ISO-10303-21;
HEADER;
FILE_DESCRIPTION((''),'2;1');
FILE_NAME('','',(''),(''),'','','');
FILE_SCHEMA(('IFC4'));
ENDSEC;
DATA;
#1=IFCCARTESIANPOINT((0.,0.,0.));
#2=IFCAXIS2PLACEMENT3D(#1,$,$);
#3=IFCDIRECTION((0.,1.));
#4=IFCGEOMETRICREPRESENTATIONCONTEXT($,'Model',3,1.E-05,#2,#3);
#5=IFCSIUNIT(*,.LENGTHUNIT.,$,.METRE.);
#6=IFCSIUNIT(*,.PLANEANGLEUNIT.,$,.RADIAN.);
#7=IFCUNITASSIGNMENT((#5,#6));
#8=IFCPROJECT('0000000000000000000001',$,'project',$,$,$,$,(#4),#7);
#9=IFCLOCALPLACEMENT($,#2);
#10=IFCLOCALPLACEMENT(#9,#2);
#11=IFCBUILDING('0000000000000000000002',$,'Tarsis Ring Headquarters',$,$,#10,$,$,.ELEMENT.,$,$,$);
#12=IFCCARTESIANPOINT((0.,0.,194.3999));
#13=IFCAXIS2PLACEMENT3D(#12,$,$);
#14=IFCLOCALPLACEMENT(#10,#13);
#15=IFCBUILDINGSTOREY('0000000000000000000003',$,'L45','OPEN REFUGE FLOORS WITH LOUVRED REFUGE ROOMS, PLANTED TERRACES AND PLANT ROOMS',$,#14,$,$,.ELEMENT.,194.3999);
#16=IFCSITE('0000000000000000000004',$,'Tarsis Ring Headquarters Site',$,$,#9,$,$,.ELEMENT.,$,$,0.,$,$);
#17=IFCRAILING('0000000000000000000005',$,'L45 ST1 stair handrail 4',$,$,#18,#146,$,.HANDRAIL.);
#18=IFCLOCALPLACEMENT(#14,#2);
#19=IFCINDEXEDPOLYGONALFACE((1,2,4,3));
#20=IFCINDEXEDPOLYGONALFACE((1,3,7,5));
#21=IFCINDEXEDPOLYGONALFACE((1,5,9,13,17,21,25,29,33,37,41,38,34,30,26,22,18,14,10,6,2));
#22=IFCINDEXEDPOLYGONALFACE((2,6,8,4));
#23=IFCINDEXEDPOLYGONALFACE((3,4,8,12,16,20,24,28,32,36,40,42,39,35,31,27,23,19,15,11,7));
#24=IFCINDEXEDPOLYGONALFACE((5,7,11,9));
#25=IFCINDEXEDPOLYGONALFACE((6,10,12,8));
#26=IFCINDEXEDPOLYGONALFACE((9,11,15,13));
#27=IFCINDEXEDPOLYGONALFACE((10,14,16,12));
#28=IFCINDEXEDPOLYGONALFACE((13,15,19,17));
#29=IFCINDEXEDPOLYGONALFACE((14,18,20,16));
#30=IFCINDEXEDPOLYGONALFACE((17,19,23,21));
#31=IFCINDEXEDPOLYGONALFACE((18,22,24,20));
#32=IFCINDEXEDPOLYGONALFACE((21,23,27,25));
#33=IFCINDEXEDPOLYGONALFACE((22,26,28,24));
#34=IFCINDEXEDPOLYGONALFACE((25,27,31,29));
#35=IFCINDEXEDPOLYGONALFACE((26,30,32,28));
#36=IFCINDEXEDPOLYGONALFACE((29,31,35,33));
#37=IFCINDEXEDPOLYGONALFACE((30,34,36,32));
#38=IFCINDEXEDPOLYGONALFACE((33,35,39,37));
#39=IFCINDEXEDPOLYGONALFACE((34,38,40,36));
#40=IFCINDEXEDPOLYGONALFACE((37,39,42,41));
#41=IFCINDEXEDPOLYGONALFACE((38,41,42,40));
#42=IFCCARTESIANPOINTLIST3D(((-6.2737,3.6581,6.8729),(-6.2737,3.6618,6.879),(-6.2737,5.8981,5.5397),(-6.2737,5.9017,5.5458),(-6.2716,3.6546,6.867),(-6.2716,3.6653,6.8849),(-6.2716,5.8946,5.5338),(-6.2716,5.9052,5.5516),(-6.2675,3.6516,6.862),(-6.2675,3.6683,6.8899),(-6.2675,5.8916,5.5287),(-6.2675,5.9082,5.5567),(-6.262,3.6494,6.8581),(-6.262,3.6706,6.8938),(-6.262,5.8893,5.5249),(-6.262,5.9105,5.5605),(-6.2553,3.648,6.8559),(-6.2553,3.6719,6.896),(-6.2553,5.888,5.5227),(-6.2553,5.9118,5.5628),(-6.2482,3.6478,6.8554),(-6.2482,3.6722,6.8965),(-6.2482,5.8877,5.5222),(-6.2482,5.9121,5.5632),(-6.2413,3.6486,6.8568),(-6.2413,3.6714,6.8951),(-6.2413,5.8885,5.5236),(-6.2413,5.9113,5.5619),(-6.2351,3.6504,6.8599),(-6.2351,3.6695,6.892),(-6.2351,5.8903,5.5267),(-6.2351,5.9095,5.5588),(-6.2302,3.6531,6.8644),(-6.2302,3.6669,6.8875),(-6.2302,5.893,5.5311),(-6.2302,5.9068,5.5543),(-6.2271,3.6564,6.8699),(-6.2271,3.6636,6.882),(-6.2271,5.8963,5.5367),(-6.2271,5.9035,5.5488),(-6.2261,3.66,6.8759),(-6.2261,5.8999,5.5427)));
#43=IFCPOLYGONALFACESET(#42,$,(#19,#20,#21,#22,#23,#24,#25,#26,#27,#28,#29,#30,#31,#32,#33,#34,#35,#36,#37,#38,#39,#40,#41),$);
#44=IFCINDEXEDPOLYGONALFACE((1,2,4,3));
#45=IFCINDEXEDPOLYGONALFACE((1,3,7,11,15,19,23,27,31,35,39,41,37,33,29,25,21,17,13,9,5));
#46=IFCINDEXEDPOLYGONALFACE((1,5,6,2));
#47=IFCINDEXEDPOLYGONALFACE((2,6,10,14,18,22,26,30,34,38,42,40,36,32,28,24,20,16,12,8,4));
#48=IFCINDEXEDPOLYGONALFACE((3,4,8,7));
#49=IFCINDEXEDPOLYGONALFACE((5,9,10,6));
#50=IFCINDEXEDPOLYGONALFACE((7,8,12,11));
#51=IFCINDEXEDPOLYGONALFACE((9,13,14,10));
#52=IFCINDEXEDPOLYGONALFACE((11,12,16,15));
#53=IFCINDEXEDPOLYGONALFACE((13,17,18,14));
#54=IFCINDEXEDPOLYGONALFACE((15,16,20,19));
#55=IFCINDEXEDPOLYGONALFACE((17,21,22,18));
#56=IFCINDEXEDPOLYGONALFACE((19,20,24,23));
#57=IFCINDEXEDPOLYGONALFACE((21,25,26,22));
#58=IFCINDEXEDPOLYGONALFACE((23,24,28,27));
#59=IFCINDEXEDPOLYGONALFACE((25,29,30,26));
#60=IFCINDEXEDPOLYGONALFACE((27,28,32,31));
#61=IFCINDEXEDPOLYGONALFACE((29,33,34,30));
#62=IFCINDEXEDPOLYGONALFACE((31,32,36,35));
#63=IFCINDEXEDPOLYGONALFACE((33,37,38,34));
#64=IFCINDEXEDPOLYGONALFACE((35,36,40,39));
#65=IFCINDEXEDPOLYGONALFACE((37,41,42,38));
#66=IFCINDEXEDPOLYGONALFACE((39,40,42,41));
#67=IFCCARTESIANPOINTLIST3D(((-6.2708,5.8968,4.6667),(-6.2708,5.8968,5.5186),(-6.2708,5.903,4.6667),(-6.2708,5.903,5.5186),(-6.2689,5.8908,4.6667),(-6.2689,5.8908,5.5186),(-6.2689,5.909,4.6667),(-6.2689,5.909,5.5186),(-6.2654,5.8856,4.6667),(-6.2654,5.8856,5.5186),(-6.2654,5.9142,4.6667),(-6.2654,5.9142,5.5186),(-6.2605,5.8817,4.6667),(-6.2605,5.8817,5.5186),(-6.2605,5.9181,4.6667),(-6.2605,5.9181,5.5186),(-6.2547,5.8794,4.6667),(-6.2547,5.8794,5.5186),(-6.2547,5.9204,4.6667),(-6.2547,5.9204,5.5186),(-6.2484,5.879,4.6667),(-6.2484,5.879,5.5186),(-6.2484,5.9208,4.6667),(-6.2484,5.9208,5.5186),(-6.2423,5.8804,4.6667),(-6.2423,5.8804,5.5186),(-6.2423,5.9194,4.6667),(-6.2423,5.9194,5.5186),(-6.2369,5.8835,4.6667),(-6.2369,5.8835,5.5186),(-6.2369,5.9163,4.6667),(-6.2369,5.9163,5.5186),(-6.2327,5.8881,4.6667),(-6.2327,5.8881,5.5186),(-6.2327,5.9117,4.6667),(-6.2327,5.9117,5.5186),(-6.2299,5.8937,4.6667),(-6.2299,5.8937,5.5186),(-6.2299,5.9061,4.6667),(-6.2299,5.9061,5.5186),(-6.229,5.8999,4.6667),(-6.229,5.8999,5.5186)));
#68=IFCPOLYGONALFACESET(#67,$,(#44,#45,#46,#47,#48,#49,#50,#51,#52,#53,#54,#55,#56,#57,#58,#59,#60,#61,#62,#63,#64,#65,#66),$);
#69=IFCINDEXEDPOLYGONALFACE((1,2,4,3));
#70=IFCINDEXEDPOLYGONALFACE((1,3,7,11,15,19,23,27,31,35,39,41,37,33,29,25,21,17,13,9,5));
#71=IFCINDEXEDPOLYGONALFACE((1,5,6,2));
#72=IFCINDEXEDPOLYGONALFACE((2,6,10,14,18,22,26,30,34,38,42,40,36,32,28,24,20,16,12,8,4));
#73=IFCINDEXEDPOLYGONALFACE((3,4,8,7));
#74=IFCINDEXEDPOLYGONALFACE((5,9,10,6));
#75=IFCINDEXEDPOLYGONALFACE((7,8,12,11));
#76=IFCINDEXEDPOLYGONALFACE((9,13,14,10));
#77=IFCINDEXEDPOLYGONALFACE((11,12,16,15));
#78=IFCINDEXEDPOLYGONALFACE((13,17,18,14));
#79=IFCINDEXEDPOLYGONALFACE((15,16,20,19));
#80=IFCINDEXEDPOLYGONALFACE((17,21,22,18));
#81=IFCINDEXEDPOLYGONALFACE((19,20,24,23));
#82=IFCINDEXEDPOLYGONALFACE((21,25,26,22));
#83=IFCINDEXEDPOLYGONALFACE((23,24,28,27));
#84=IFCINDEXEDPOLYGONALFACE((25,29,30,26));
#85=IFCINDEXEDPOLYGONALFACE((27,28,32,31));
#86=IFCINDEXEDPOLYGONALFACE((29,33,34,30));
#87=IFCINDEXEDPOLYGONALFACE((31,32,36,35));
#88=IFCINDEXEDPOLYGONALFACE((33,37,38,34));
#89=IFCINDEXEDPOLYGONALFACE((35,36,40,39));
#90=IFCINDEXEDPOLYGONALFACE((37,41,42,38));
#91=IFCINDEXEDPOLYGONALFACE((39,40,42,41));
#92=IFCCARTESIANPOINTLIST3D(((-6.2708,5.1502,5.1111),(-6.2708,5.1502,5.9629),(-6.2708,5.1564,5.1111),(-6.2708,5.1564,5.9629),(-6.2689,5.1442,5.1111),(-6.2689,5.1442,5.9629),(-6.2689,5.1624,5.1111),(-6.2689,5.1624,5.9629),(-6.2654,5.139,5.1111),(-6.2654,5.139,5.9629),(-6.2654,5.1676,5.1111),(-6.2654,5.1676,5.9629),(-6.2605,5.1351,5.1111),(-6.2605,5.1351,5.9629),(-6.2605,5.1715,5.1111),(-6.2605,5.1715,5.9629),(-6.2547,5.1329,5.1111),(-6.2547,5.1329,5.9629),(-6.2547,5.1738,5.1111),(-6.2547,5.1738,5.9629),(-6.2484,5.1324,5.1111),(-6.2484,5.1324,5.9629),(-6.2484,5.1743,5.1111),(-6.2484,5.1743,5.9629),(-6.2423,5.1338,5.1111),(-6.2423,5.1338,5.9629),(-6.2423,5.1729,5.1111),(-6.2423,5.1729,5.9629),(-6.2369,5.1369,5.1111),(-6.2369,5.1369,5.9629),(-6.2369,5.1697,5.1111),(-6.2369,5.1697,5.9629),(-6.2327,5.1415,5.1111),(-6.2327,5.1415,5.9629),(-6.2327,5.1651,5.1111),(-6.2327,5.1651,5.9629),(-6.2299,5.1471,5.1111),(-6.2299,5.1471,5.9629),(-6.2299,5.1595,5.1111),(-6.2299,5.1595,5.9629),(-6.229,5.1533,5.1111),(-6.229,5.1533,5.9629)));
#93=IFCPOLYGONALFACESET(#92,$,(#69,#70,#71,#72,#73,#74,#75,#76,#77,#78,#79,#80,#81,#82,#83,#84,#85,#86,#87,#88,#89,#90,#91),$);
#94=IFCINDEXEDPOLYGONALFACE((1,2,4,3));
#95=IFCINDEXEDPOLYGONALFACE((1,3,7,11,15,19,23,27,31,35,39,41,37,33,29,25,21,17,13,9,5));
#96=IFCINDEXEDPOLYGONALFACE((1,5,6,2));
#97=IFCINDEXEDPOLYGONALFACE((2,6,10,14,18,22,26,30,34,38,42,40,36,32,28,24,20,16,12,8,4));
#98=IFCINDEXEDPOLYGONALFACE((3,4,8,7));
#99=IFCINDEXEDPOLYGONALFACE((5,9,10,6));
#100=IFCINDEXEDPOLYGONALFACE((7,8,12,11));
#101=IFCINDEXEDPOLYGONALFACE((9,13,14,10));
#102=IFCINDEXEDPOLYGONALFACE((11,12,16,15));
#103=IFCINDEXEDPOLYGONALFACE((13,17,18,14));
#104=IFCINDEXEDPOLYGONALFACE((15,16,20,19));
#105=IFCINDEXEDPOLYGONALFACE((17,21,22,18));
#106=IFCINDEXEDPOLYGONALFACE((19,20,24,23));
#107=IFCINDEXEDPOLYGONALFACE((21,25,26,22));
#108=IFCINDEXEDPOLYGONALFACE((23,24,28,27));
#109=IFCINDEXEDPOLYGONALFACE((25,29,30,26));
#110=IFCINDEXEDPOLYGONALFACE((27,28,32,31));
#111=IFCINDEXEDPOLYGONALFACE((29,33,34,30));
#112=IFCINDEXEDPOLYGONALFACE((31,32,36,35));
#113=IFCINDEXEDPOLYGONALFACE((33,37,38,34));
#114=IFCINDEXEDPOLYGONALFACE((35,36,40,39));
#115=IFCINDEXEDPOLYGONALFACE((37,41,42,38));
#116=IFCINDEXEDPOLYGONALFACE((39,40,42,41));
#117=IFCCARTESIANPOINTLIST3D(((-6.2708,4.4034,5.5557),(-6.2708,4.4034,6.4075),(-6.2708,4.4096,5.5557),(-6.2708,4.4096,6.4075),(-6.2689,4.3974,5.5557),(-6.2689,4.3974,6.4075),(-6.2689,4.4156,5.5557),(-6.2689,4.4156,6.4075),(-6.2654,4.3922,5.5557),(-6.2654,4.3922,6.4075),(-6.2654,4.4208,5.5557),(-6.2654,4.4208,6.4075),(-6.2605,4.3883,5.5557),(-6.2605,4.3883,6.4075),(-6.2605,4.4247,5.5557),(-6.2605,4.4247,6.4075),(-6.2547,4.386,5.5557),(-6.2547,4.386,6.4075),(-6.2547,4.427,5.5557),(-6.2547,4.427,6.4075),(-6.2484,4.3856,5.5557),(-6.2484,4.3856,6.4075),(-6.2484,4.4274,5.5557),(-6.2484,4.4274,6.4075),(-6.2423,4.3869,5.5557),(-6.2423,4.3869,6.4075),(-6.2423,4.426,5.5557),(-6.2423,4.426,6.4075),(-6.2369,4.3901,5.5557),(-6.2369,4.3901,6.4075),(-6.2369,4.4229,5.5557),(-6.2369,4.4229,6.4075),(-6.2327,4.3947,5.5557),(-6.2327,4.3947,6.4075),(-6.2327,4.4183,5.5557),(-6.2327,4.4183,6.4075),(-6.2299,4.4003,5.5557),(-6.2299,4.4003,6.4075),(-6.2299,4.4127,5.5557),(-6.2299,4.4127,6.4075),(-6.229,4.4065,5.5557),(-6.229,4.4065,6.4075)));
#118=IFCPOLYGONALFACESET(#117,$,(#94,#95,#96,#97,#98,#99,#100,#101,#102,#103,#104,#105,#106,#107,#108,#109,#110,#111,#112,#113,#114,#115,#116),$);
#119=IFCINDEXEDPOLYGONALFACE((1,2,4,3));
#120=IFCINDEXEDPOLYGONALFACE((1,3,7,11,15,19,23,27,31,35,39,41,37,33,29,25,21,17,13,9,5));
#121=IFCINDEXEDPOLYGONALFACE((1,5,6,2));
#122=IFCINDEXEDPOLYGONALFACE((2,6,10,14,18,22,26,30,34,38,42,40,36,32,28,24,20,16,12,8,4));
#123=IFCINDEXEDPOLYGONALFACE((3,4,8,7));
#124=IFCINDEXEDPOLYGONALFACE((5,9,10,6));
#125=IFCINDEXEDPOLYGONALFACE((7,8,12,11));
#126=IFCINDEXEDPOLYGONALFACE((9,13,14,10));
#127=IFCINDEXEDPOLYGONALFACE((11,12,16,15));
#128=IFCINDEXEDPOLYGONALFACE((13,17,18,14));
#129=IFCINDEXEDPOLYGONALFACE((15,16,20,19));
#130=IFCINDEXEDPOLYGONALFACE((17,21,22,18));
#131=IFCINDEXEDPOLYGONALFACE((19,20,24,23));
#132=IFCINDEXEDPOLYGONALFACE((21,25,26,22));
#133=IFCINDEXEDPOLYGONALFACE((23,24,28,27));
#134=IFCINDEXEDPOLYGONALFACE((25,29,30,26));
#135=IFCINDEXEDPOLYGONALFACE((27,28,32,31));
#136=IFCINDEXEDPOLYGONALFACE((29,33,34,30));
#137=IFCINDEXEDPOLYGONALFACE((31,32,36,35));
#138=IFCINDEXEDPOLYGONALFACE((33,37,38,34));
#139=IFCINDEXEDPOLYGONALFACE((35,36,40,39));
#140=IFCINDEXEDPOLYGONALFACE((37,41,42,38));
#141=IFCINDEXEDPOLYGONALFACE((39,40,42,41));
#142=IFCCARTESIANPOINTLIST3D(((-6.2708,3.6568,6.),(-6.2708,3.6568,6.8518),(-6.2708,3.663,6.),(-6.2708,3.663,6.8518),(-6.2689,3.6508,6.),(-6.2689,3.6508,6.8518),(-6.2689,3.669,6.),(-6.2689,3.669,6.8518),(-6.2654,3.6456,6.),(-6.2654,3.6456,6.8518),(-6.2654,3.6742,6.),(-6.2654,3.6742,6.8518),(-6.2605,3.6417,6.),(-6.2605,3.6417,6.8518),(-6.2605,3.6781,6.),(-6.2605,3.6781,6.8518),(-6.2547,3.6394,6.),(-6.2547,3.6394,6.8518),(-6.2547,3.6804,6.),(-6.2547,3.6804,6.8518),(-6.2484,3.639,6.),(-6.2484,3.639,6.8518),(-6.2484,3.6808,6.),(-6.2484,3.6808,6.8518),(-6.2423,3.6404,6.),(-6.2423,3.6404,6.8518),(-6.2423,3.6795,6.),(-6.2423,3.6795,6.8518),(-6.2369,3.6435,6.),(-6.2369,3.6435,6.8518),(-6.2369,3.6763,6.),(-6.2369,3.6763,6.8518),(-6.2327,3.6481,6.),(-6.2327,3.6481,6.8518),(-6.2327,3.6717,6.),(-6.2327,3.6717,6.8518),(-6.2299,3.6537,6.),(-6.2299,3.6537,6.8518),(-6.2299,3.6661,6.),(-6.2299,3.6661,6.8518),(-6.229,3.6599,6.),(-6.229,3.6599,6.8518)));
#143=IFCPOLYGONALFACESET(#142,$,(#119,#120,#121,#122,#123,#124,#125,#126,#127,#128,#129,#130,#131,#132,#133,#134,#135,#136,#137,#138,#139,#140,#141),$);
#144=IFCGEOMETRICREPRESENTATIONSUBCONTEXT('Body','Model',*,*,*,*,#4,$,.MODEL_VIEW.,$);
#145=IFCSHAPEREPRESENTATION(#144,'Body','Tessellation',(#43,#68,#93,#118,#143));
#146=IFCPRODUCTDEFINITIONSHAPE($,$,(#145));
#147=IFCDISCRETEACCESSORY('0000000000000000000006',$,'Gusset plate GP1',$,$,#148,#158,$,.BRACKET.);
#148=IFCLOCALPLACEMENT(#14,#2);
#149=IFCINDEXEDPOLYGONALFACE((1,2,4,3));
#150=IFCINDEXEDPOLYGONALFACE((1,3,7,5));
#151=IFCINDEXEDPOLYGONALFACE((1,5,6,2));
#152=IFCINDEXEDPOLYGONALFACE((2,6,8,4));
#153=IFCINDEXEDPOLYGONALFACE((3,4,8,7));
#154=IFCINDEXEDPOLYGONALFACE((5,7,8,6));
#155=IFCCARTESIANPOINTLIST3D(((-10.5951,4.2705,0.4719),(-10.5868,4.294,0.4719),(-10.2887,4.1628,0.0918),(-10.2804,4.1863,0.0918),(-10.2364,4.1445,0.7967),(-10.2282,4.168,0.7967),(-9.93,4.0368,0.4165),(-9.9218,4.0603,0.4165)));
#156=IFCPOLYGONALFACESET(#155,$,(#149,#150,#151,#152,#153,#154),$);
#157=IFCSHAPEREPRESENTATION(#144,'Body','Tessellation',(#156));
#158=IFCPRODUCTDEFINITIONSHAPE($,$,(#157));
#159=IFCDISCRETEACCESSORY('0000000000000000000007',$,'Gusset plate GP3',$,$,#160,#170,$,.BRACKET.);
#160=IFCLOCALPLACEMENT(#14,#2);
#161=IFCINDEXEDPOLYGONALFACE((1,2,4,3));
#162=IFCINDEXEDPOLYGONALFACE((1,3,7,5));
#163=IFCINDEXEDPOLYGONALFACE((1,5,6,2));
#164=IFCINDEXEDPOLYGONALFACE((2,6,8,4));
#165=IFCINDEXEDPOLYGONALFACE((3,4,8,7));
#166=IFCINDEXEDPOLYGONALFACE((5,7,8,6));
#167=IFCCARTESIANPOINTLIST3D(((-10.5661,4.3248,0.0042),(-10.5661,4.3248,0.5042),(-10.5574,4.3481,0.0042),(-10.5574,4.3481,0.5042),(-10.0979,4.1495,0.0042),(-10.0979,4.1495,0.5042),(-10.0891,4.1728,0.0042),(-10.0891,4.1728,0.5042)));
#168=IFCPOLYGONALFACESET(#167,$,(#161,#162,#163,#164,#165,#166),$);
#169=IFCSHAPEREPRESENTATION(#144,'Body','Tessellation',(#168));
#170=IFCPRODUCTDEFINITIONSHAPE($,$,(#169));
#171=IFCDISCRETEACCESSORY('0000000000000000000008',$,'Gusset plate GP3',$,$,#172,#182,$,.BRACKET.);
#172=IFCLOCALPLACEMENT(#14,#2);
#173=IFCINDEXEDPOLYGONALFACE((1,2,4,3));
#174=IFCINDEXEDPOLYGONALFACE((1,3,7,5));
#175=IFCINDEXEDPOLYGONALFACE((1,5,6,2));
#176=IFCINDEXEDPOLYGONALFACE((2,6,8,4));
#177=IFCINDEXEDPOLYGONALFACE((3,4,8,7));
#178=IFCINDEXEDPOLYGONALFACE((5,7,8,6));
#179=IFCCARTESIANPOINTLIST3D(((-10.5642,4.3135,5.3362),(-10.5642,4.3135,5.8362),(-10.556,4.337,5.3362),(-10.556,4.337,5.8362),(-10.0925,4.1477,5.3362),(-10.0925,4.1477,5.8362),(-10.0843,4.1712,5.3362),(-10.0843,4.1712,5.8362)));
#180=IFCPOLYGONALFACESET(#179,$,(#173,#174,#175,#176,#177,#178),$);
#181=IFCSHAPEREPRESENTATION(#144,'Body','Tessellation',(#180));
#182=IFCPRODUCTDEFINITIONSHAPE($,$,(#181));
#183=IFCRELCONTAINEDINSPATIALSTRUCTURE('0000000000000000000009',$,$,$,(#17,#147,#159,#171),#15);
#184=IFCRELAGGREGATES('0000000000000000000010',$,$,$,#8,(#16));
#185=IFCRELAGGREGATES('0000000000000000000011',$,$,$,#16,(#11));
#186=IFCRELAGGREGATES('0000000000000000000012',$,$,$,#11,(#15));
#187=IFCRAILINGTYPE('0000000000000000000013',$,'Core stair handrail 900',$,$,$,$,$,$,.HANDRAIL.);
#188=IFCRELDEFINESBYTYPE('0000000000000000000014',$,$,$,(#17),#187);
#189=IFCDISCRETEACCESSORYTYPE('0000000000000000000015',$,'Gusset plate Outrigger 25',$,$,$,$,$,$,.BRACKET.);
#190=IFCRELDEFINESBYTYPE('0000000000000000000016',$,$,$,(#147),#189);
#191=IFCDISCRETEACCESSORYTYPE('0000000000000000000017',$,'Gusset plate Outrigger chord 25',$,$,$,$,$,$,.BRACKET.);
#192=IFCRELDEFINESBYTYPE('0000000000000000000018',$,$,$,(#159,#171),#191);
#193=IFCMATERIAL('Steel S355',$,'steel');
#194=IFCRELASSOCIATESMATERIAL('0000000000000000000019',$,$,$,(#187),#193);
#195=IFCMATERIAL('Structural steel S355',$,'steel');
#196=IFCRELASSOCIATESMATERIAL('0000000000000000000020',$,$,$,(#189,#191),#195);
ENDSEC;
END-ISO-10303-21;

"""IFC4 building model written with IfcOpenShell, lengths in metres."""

from ifc_helpers import new_model, si_unit, direction, frame, origin, origin_2d, place, context, subcontext, project, spatial, rectangle, circle, extrude, material, material_profile, profile_set, type_object, element, save


model = new_model("IFC4")

# Units and contexts
model_context = context("Model", 3, precision=1e-05, world=origin(), true_north=direction((0.0, 1.0)))
body_context = subcontext(model_context, "Body", "Model", "MODEL_VIEW")
ifc_project = project(units=[si_unit("LENGTHUNIT", "METRE"), si_unit("PLANEANGLEUNIT", "RADIAN")], contexts=[model_context])

# Site, building, storey
site_placement = place(None, origin())
site = spatial("IfcSite", under=ifc_project, at=site_placement, Name="Tarsis Ring Headquarters Site", CompositionType="ELEMENT", RefElevation=0.0)
building_placement = place(site_placement, origin())
building = spatial("IfcBuilding", under=site, at=building_placement, Name="Tarsis Ring Headquarters", CompositionType="ELEMENT")
storey_placement = place(building_placement, frame((0.0, 0.0, 194.3999)))
storey = spatial("IfcBuildingStorey", under=building, at=storey_placement, Name="L45", Description="OPEN REFUGE FLOORS WITH LOUVRED REFUGE ROOMS, PLANTED TERRACES AND PLANT ROOMS", CompositionType="ELEMENT", Elevation=194.3999)

# Shared definitions
ifc_material_1 = material(Name="Structural steel S355", Category="steel")

# Shared definitions
ifc_material_2 = material(Name="Steel S355", Category="steel")

# Railing
railing_type = type_object("IfcRailingType", Name="Core stair handrail 900", PredefinedType="HANDRAIL", material=ifc_material_2)
for number, where, name in (
    (1, (-6.25, 5.8999, 4.6667), "L45 ST1 stair handrail 4"),
):
    element("IfcRailing", number, at=place(storey_placement, frame(where)), inside=storey, type_object=railing_type, Name=name, PredefinedType="HANDRAIL", context=body_context, shape_type="SweptSolid", body=[
        extrude(circle(Radius=0.0239, at=origin_2d()), frame((0.0, 0.0, 0.876), z_axis=(0.0, -0.859306, 0.511462), x_axis=(1.0, 0.0, 0.0)), (0.0, 0.0, 1.0), 2.6067),
        extrude(circle(Radius=0.021, at=origin_2d()), origin(), (0.0, 0.0, 1.0), 0.8518),
        extrude(circle(Radius=0.021, at=origin_2d()), frame((0.0, -0.7466, 0.4443)), (0.0, 0.0, 1.0), 0.8518),
        extrude(circle(Radius=0.021, at=origin_2d()), frame((0.0, -1.4934, 0.8889)), (0.0, 0.0, 1.0), 0.8518),
        extrude(circle(Radius=0.021, at=origin_2d()), frame((0.0, -2.24, 1.3333)), (0.0, 0.0, 1.0), 0.8518),
    ])

# Discrete accessories
ifc_material_profile_1 = material_profile(ifc_material_1, rectangle(XDim=0.0249, YDim=0.5, at=origin_2d()), Name="PL 25x500")
ifc_profile_set_1 = profile_set([ifc_material_profile_1], Name="Structural steel S355")
discrete_accessory_type_1 = type_object("IfcDiscreteAccessoryType", Name="Gusset plate Outrigger 25", PredefinedType="BRACKET", material=ifc_profile_set_1)
discrete_accessory_placement = place(storey_placement, frame((-10.1052, 4.1116, 0.2542), z_axis=(-0.612833, 0.215346, 0.760304), x_axis=(-0.331522, -0.943447, 0.0)))
element("IfcDiscreteAccessory", 2, at=discrete_accessory_placement, inside=storey, type_object=discrete_accessory_type_1, Name="Gusset plate GP1", PredefinedType="BRACKET", context=body_context, shape_type="SweptSolid", body=[
    extrude(rectangle(XDim=0.0249, YDim=0.5, at=origin_2d()), origin(), (0.0, 0.0, 1.0), 0.5),
])
discrete_accessory_type_2 = type_object("IfcDiscreteAccessoryType", Name="Gusset plate Outrigger chord 25", PredefinedType="BRACKET", material=ifc_profile_set_1)
for number, where, z_axis, x_axis, name in (
    (3, (-10.0935, 4.1611, 0.2542), (-0.93653, 0.350588, 0.0), (-0.350588, -0.93653, 0.0), "Gusset plate GP3"),
    (4, (-10.0884, 4.1594, 5.5862), (-0.943431, 0.331568, 0.0), (-0.331568, -0.943431, 0.0), "Gusset plate GP3"),
):
    element("IfcDiscreteAccessory", number, at=place(storey_placement, frame(where, z_axis=z_axis, x_axis=x_axis)), inside=storey, type_object=discrete_accessory_type_2, Name=name, PredefinedType="BRACKET", context=body_context, shape_type="SweptSolid", body=[
        extrude(rectangle(XDim=0.0249, YDim=0.5, at=origin_2d()), origin(), (0.0, 0.0, 1.0), 0.5),
    ])

save(model, "model.ifc")
